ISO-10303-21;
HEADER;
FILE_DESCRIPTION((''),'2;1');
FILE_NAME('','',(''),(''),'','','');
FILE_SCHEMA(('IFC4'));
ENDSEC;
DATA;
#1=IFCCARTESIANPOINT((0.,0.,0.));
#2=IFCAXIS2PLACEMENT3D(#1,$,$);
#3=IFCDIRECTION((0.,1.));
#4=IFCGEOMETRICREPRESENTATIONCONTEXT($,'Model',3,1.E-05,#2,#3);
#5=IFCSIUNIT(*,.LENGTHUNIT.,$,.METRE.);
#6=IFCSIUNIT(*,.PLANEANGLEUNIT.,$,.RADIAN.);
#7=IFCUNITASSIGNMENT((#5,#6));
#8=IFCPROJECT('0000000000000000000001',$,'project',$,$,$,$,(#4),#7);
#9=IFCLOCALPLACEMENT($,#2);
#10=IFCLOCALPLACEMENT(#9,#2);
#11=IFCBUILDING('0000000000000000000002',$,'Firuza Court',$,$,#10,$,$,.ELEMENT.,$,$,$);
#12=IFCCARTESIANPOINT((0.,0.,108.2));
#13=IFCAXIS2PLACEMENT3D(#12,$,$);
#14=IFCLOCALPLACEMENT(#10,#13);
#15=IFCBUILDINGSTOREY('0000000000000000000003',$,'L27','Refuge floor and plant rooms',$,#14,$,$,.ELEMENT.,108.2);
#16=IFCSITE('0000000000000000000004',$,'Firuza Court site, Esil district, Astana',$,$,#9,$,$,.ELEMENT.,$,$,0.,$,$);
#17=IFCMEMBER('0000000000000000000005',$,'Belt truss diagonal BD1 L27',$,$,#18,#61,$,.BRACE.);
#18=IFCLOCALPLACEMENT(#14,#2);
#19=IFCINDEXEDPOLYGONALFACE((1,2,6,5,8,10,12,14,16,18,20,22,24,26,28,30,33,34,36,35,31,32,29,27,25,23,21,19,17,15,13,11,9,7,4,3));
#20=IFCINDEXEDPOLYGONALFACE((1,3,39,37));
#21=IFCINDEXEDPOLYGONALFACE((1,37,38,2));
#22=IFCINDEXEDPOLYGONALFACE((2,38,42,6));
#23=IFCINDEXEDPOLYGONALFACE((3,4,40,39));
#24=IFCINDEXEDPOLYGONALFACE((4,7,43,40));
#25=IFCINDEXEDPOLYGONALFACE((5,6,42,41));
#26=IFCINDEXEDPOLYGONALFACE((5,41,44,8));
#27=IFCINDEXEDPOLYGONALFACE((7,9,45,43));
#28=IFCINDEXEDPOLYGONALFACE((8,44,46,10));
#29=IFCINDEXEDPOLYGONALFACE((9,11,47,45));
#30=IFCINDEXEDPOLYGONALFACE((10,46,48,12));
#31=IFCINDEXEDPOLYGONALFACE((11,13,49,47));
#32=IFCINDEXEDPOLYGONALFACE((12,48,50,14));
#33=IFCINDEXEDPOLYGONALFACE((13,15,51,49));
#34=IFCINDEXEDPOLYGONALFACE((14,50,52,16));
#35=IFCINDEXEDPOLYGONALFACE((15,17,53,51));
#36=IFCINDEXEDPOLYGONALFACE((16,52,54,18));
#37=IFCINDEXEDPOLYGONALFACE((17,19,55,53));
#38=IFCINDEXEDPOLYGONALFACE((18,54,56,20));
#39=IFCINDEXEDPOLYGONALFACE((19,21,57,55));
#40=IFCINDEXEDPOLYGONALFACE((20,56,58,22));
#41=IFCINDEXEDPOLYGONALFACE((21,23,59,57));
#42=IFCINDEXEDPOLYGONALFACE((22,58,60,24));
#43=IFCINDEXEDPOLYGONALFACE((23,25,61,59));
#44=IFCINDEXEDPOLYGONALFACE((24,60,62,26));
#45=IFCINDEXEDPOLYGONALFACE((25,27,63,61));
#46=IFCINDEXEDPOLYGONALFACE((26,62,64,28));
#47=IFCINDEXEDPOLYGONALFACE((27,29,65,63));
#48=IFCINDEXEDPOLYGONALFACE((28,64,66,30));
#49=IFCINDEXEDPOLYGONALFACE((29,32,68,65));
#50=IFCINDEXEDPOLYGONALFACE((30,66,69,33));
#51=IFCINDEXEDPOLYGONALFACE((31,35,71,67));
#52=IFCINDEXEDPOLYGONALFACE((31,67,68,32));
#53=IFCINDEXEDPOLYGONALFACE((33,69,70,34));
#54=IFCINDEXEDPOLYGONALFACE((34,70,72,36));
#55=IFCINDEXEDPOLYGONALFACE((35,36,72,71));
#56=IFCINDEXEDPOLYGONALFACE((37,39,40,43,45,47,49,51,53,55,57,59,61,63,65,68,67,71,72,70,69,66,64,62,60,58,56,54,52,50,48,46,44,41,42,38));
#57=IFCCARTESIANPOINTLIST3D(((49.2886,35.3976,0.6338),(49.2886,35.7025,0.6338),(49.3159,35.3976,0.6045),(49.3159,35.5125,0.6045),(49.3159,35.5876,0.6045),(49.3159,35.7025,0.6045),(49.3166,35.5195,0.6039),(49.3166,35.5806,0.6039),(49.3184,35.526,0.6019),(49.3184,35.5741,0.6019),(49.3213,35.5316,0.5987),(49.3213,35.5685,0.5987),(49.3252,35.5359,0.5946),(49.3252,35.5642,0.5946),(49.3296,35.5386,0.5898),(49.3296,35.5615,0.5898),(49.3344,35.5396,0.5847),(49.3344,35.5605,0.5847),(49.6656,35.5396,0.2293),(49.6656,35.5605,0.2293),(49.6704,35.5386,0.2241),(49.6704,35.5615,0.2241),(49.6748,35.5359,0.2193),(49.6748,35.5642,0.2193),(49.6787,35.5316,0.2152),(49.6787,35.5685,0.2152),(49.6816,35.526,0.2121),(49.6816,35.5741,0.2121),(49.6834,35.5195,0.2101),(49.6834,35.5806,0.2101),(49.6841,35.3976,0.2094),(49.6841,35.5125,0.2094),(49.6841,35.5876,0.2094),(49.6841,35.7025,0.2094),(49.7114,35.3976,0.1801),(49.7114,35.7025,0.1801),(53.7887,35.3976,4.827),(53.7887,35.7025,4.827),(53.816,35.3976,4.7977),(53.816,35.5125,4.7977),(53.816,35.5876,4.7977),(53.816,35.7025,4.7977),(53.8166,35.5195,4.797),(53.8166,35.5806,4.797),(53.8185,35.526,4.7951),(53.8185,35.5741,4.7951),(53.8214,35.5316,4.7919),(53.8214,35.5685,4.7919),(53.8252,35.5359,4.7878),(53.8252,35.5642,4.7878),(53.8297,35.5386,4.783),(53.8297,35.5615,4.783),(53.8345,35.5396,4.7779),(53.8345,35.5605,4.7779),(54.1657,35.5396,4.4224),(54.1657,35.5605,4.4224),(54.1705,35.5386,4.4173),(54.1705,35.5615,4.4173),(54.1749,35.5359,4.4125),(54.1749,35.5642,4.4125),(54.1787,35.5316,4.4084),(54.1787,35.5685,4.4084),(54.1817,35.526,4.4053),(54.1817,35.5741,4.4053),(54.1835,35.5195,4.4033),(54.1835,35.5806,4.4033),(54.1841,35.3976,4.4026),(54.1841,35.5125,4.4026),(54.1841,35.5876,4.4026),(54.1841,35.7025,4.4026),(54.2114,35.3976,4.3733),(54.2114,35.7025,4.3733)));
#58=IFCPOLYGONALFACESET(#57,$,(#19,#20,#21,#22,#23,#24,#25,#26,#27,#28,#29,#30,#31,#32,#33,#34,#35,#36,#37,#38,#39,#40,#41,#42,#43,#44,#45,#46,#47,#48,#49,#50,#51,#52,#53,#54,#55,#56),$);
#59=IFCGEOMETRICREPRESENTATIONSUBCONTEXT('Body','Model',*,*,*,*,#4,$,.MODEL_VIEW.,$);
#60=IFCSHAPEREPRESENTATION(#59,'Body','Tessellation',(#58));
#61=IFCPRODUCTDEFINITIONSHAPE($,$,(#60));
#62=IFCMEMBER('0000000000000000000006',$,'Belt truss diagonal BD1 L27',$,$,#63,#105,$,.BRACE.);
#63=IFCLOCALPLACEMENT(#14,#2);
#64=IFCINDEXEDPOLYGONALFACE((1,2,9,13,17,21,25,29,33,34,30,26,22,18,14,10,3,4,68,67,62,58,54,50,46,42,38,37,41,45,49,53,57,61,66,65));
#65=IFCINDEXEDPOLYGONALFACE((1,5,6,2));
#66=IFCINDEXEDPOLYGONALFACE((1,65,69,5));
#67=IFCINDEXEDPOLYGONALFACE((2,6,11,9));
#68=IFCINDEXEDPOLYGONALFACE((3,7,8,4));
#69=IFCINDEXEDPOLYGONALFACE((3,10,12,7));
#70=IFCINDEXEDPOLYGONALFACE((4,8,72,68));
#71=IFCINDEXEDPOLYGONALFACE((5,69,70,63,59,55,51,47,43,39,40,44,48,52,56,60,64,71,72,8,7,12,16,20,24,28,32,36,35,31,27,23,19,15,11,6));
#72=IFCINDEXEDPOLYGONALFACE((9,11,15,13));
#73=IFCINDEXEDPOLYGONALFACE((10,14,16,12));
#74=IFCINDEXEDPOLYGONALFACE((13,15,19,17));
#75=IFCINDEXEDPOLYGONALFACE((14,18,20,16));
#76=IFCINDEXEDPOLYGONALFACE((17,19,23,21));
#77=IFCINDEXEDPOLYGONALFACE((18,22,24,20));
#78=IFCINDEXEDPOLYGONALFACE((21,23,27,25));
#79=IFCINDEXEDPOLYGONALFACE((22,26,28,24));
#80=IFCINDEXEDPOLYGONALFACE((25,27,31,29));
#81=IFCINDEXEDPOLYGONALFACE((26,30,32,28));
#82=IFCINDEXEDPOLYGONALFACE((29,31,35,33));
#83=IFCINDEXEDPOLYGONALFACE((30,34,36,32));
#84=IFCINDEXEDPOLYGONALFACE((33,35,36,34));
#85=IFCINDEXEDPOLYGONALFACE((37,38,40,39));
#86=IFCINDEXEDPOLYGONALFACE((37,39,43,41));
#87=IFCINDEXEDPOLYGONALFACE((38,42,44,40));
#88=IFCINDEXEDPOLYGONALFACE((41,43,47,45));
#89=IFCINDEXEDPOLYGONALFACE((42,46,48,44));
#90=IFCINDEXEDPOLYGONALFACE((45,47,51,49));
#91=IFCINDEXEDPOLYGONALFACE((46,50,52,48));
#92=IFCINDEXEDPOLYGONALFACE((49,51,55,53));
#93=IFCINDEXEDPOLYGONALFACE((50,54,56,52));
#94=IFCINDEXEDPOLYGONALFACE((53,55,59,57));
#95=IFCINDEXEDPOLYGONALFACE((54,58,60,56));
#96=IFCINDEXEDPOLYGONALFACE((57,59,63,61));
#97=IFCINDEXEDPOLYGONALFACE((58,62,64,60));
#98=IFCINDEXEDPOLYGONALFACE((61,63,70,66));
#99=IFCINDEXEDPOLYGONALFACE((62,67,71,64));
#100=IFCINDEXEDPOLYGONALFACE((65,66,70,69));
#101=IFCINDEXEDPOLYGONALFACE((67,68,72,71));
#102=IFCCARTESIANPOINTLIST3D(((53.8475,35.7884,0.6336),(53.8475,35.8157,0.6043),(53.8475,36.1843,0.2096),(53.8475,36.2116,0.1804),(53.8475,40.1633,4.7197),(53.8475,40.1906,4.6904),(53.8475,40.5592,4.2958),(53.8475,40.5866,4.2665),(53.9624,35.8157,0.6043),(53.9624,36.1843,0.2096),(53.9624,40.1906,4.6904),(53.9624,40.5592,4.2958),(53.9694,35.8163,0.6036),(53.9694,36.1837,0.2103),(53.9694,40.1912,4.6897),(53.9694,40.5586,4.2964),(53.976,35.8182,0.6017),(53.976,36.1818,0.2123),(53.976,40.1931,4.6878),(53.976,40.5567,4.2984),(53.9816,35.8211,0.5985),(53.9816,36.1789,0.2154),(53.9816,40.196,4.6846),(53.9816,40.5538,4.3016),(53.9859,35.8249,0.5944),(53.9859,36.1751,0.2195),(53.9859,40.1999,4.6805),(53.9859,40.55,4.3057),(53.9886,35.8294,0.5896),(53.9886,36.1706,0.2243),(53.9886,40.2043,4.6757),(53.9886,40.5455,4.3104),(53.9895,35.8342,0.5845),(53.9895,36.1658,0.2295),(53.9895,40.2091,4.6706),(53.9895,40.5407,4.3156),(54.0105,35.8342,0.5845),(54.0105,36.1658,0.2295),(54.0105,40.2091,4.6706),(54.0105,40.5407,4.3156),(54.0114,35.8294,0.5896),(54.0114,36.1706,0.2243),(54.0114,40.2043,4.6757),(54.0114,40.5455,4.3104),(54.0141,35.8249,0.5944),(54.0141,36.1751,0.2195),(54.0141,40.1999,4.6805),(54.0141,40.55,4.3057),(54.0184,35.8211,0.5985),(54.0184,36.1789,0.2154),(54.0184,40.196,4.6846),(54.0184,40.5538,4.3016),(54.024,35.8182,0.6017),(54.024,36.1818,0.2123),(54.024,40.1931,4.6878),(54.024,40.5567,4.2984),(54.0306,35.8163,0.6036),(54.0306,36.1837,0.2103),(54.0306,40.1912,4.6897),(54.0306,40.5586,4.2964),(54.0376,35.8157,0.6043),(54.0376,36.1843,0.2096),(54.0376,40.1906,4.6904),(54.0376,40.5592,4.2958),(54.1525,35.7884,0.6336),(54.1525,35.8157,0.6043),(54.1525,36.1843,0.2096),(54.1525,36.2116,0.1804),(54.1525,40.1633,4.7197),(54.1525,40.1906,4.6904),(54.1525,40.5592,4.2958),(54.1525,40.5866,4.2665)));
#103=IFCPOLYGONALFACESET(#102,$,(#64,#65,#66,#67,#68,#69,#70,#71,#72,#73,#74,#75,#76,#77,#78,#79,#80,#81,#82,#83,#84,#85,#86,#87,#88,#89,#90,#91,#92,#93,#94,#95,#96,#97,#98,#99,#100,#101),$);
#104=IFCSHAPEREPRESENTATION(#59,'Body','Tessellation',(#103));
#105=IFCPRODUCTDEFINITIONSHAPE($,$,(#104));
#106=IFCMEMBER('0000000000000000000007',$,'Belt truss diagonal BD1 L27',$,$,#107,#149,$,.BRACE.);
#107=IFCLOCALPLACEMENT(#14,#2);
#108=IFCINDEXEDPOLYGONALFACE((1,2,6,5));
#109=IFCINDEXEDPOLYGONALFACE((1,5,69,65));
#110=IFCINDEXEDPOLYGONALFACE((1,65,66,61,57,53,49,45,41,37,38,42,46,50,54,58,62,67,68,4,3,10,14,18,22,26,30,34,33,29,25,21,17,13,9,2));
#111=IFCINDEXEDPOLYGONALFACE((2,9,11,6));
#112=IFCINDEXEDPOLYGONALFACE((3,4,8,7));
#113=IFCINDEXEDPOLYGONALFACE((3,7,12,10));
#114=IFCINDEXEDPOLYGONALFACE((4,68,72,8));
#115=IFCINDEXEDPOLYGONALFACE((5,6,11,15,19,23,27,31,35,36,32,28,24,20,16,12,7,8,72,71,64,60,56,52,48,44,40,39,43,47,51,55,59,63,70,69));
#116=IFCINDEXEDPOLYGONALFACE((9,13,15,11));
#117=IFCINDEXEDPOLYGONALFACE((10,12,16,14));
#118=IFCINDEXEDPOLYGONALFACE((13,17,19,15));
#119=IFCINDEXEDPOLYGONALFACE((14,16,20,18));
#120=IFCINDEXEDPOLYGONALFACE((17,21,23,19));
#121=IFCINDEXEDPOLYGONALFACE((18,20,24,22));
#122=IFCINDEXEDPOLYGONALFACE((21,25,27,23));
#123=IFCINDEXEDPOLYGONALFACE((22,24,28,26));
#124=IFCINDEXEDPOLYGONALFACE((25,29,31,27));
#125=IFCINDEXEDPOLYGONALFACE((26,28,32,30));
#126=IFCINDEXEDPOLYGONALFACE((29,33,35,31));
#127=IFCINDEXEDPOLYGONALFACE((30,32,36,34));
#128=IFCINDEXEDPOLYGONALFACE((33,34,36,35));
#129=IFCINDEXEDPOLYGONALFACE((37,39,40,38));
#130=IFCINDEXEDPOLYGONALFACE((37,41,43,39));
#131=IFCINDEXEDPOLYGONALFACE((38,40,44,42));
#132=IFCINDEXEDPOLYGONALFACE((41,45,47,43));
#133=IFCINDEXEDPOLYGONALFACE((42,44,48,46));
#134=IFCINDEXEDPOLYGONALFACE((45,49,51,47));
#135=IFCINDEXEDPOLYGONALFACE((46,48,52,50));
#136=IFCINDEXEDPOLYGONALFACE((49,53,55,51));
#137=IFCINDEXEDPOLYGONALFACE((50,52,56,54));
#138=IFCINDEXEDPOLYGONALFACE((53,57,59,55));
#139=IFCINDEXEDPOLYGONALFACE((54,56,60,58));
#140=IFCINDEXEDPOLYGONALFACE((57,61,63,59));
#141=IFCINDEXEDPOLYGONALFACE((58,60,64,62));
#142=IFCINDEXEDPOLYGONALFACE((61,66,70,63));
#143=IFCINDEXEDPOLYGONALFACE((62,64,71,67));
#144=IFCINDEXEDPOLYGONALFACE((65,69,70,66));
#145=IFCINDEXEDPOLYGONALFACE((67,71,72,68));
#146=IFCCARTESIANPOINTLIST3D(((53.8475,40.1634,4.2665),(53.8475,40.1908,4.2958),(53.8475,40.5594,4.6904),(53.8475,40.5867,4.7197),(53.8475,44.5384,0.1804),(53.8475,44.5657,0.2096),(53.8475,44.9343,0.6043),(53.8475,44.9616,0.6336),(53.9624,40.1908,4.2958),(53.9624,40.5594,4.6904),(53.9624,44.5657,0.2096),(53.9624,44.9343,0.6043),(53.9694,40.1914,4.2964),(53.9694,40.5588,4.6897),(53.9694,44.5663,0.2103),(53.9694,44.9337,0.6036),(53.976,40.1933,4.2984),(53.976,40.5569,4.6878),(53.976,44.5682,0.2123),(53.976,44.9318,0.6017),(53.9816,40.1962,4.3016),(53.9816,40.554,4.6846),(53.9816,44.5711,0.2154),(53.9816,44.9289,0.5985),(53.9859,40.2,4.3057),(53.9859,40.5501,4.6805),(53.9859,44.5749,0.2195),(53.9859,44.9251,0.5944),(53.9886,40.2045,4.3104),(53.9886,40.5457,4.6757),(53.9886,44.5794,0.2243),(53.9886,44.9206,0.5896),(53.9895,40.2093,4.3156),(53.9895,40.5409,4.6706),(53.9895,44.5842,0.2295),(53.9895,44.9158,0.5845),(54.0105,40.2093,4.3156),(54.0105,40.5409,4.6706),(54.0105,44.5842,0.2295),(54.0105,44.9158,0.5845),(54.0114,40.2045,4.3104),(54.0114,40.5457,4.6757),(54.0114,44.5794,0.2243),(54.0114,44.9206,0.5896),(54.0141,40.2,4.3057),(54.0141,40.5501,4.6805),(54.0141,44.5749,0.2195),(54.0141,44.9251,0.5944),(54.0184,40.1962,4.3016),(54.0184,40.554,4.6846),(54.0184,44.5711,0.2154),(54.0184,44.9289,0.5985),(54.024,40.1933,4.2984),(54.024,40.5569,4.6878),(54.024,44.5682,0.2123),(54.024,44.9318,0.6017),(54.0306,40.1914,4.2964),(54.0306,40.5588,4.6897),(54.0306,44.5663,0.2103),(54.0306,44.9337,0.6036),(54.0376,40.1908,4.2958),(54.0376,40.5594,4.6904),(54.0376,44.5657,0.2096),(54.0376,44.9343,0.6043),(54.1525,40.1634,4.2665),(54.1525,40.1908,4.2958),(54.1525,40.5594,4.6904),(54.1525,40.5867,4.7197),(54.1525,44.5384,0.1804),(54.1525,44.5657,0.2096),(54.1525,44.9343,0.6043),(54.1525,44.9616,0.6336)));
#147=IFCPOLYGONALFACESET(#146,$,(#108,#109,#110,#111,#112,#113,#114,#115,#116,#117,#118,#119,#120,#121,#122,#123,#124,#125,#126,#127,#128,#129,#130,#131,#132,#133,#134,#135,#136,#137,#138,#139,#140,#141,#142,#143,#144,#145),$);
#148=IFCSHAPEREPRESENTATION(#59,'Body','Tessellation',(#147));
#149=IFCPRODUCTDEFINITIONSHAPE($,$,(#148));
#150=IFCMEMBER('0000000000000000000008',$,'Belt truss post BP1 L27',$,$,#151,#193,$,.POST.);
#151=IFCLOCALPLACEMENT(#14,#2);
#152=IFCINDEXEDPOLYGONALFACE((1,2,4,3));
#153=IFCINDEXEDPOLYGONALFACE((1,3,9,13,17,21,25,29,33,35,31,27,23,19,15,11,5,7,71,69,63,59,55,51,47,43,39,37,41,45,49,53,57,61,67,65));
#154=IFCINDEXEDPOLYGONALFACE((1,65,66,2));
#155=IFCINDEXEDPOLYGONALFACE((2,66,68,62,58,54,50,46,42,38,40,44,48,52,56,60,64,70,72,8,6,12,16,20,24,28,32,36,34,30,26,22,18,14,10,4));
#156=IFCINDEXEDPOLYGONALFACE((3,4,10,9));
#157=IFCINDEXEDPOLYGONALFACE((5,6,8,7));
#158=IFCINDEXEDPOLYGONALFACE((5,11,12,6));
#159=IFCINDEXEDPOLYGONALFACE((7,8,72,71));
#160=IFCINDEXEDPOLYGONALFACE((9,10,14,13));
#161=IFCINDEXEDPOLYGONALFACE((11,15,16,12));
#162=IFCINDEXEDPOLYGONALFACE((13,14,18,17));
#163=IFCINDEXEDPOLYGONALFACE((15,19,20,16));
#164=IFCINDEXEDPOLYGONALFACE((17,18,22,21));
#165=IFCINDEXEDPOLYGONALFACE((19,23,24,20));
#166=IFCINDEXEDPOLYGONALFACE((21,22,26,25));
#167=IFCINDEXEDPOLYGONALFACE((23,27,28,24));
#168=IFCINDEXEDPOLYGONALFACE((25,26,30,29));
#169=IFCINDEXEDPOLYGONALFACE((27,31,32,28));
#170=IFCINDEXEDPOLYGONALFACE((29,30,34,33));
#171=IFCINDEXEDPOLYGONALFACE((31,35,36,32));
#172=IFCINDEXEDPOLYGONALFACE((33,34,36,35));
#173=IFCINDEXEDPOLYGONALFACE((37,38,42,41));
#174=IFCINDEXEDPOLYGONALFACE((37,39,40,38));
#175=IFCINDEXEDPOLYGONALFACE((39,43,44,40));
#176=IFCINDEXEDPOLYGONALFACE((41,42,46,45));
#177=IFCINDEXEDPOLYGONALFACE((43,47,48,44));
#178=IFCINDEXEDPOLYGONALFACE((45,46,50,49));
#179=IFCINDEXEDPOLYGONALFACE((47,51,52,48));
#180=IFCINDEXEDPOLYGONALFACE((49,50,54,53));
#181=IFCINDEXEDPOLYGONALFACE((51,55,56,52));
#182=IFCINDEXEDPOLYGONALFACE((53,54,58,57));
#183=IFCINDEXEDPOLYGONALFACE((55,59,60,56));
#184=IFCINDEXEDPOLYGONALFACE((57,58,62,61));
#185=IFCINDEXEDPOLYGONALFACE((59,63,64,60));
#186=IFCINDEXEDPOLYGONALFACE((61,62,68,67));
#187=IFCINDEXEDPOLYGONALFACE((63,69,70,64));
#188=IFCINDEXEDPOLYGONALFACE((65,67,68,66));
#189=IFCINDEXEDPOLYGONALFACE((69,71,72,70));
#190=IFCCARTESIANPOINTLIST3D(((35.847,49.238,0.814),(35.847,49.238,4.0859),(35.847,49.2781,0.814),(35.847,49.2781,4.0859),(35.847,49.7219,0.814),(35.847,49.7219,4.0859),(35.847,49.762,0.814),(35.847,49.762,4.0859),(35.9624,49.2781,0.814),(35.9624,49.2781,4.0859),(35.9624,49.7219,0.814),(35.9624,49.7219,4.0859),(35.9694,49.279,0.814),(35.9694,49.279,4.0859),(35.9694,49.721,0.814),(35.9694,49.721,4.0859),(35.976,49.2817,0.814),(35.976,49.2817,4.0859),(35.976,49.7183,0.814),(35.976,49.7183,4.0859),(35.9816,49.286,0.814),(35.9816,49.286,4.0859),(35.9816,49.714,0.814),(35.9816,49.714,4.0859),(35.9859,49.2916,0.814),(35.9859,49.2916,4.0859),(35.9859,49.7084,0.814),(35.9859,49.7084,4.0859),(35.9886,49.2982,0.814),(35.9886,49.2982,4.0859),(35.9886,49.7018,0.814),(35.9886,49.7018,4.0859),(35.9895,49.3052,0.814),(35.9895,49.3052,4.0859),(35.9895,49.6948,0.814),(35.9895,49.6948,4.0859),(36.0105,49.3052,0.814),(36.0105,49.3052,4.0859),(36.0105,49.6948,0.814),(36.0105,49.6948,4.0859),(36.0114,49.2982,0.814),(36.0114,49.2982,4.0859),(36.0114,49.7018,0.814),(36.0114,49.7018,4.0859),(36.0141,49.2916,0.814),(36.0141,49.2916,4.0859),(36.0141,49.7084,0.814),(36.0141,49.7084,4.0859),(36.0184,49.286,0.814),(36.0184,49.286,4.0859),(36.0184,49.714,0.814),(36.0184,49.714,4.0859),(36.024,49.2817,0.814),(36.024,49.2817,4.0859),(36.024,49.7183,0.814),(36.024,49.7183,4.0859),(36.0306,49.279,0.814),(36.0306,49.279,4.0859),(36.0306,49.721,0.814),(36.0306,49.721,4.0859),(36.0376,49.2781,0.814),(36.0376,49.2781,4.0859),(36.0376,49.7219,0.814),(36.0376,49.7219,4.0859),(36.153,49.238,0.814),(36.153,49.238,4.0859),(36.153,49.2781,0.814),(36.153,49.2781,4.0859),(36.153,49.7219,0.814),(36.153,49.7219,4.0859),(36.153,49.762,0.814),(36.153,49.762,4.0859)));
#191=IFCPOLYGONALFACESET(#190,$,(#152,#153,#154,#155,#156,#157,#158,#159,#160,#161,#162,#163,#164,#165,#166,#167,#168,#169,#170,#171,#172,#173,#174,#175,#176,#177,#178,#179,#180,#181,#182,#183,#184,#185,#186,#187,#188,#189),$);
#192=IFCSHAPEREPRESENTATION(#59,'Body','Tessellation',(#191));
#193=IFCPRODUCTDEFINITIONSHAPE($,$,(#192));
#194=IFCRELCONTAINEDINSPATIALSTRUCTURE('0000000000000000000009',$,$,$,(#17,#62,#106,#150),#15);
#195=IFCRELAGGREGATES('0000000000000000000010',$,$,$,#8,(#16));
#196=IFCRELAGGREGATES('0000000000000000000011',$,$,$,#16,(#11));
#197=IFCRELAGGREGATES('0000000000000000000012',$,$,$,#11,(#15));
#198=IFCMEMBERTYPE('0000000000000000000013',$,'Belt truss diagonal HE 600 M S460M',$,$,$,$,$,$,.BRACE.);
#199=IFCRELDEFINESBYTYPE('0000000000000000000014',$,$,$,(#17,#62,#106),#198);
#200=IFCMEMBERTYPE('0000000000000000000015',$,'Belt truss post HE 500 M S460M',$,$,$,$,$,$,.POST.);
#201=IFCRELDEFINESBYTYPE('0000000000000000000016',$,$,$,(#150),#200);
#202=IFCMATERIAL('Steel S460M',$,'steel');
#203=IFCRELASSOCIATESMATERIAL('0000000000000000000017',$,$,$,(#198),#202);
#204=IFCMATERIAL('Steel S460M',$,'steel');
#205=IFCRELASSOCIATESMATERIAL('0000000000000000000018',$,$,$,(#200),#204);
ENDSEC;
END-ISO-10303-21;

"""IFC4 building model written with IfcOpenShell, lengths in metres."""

from ifc_helpers import new_model, si_unit, direction, frame, origin, origin_2d, place, context, subcontext, project, spatial, i_section, extrude, material, material_profile, profile_set, type_object, element, save


model = new_model("IFC4")

# Units and contexts
model_context = context("Model", 3, precision=1e-05, world=origin(), true_north=direction((0.0, 1.0)))
body_context = subcontext(model_context, "Body", "Model", "MODEL_VIEW")
ifc_project = project(units=[si_unit("LENGTHUNIT", "METRE"), si_unit("PLANEANGLEUNIT", "RADIAN")], contexts=[model_context])

# Site, building, storey
site_placement = place(None, origin())
site = spatial("IfcSite", under=ifc_project, at=site_placement, Name="Firuza Court site, Esil district, Astana", CompositionType="ELEMENT", RefElevation=0.0)
building_placement = place(site_placement, origin())
building = spatial("IfcBuilding", under=site, at=building_placement, Name="Firuza Court", CompositionType="ELEMENT")
storey_placement = place(building_placement, frame((0.0, 0.0, 108.2)))
storey = spatial("IfcBuildingStorey", under=building, at=storey_placement, Name="L27", Description="Refuge floor and plant rooms", CompositionType="ELEMENT", Elevation=108.2)

# Members
ifc_material_1 = material(Name="Steel S460M", Category="steel")
ifc_material_profile_1 = material_profile(ifc_material_1, i_section(OverallWidth=0.3049, OverallDepth=0.6201, WebThickness=0.021, FlangeThickness=0.04, FilletRadius=0.0271, at=origin_2d()), Name="HE 600 M")
ifc_profile_set_1 = profile_set([ifc_material_profile_1], Name="Steel S460M")
member_type_1 = type_object("IfcMemberType", Name="Belt truss diagonal HE 600 M S460M", PredefinedType="BRACE", material=ifc_profile_set_1)
for number, where, z_axis, x_axis, name in (
    (1, (49.5, 35.55, 0.407), (0.731613, 0.0, 0.68172), (0.0, 1.0, 0.0), "Belt truss diagonal BD1 L27"),
):
    element("IfcMember", number, at=place(storey_placement, frame(where, z_axis=z_axis, x_axis=x_axis)), inside=storey, type_object=member_type_1, Name=name, PredefinedType="BRACE", context=body_context, shape_type="SweptSolid", body=[
        extrude(i_section(OverallWidth=0.3049, OverallDepth=0.6201, WebThickness=0.021, FlangeThickness=0.04, FilletRadius=0.0271, at=origin_2d()), origin(), (0.0, 0.0, 1.0), 6.1509),
    ])
for number, where, z_axis, x_axis, name in (
    (2, (54.0, 36.0, 0.407), (0.0, 0.730818, 0.682572), (-1.0, 0.0, 0.0), "Belt truss diagonal BD1 L27"),
    (3, (54.0, 44.75, 0.407), (0.0, -0.730818, 0.682572), (1.0, 0.0, 0.0), "Belt truss diagonal BD1 L27"),
):
    element("IfcMember", number, at=place(storey_placement, frame(where, z_axis=z_axis, x_axis=x_axis)), inside=storey, type_object=member_type_1, Name=name, PredefinedType="BRACE", context=body_context, shape_type="SweptSolid", body=[
        extrude(i_section(OverallWidth=0.3049, OverallDepth=0.6201, WebThickness=0.021, FlangeThickness=0.04, FilletRadius=0.0271, at=origin_2d()), origin(), (0.0, 0.0, 1.0), 5.9863),
    ])
ifc_material_2 = material(Name="Steel S460M", Category="steel")
ifc_material_profile_2 = material_profile(ifc_material_2, i_section(OverallWidth=0.3059, OverallDepth=0.5239, WebThickness=0.021, FlangeThickness=0.04, FilletRadius=0.0271, at=origin_2d()), Name="HE 500 M")
ifc_profile_set_2 = profile_set([ifc_material_profile_2], Name="Steel S460M")
member_type_2 = type_object("IfcMemberType", Name="Belt truss post HE 500 M S460M", PredefinedType="POST", material=ifc_profile_set_2)
for number, where, z_axis, x_axis, name in (
    (4, (36.0, 49.5, 0.814), (0.0, 0.0, 1.0), (1.0, 0.0, 0.0), "Belt truss post BP1 L27"),
):
    element("IfcMember", number, at=place(storey_placement, frame(where, z_axis=z_axis, x_axis=x_axis)), inside=storey, type_object=member_type_2, Name=name, PredefinedType="POST", context=body_context, shape_type="SweptSolid", body=[
        extrude(i_section(OverallWidth=0.3059, OverallDepth=0.5239, WebThickness=0.021, FlangeThickness=0.04, FilletRadius=0.0271, at=origin_2d()), origin(), (0.0, 0.0, 1.0), 3.272),
    ])

save(model, "model.ifc")
